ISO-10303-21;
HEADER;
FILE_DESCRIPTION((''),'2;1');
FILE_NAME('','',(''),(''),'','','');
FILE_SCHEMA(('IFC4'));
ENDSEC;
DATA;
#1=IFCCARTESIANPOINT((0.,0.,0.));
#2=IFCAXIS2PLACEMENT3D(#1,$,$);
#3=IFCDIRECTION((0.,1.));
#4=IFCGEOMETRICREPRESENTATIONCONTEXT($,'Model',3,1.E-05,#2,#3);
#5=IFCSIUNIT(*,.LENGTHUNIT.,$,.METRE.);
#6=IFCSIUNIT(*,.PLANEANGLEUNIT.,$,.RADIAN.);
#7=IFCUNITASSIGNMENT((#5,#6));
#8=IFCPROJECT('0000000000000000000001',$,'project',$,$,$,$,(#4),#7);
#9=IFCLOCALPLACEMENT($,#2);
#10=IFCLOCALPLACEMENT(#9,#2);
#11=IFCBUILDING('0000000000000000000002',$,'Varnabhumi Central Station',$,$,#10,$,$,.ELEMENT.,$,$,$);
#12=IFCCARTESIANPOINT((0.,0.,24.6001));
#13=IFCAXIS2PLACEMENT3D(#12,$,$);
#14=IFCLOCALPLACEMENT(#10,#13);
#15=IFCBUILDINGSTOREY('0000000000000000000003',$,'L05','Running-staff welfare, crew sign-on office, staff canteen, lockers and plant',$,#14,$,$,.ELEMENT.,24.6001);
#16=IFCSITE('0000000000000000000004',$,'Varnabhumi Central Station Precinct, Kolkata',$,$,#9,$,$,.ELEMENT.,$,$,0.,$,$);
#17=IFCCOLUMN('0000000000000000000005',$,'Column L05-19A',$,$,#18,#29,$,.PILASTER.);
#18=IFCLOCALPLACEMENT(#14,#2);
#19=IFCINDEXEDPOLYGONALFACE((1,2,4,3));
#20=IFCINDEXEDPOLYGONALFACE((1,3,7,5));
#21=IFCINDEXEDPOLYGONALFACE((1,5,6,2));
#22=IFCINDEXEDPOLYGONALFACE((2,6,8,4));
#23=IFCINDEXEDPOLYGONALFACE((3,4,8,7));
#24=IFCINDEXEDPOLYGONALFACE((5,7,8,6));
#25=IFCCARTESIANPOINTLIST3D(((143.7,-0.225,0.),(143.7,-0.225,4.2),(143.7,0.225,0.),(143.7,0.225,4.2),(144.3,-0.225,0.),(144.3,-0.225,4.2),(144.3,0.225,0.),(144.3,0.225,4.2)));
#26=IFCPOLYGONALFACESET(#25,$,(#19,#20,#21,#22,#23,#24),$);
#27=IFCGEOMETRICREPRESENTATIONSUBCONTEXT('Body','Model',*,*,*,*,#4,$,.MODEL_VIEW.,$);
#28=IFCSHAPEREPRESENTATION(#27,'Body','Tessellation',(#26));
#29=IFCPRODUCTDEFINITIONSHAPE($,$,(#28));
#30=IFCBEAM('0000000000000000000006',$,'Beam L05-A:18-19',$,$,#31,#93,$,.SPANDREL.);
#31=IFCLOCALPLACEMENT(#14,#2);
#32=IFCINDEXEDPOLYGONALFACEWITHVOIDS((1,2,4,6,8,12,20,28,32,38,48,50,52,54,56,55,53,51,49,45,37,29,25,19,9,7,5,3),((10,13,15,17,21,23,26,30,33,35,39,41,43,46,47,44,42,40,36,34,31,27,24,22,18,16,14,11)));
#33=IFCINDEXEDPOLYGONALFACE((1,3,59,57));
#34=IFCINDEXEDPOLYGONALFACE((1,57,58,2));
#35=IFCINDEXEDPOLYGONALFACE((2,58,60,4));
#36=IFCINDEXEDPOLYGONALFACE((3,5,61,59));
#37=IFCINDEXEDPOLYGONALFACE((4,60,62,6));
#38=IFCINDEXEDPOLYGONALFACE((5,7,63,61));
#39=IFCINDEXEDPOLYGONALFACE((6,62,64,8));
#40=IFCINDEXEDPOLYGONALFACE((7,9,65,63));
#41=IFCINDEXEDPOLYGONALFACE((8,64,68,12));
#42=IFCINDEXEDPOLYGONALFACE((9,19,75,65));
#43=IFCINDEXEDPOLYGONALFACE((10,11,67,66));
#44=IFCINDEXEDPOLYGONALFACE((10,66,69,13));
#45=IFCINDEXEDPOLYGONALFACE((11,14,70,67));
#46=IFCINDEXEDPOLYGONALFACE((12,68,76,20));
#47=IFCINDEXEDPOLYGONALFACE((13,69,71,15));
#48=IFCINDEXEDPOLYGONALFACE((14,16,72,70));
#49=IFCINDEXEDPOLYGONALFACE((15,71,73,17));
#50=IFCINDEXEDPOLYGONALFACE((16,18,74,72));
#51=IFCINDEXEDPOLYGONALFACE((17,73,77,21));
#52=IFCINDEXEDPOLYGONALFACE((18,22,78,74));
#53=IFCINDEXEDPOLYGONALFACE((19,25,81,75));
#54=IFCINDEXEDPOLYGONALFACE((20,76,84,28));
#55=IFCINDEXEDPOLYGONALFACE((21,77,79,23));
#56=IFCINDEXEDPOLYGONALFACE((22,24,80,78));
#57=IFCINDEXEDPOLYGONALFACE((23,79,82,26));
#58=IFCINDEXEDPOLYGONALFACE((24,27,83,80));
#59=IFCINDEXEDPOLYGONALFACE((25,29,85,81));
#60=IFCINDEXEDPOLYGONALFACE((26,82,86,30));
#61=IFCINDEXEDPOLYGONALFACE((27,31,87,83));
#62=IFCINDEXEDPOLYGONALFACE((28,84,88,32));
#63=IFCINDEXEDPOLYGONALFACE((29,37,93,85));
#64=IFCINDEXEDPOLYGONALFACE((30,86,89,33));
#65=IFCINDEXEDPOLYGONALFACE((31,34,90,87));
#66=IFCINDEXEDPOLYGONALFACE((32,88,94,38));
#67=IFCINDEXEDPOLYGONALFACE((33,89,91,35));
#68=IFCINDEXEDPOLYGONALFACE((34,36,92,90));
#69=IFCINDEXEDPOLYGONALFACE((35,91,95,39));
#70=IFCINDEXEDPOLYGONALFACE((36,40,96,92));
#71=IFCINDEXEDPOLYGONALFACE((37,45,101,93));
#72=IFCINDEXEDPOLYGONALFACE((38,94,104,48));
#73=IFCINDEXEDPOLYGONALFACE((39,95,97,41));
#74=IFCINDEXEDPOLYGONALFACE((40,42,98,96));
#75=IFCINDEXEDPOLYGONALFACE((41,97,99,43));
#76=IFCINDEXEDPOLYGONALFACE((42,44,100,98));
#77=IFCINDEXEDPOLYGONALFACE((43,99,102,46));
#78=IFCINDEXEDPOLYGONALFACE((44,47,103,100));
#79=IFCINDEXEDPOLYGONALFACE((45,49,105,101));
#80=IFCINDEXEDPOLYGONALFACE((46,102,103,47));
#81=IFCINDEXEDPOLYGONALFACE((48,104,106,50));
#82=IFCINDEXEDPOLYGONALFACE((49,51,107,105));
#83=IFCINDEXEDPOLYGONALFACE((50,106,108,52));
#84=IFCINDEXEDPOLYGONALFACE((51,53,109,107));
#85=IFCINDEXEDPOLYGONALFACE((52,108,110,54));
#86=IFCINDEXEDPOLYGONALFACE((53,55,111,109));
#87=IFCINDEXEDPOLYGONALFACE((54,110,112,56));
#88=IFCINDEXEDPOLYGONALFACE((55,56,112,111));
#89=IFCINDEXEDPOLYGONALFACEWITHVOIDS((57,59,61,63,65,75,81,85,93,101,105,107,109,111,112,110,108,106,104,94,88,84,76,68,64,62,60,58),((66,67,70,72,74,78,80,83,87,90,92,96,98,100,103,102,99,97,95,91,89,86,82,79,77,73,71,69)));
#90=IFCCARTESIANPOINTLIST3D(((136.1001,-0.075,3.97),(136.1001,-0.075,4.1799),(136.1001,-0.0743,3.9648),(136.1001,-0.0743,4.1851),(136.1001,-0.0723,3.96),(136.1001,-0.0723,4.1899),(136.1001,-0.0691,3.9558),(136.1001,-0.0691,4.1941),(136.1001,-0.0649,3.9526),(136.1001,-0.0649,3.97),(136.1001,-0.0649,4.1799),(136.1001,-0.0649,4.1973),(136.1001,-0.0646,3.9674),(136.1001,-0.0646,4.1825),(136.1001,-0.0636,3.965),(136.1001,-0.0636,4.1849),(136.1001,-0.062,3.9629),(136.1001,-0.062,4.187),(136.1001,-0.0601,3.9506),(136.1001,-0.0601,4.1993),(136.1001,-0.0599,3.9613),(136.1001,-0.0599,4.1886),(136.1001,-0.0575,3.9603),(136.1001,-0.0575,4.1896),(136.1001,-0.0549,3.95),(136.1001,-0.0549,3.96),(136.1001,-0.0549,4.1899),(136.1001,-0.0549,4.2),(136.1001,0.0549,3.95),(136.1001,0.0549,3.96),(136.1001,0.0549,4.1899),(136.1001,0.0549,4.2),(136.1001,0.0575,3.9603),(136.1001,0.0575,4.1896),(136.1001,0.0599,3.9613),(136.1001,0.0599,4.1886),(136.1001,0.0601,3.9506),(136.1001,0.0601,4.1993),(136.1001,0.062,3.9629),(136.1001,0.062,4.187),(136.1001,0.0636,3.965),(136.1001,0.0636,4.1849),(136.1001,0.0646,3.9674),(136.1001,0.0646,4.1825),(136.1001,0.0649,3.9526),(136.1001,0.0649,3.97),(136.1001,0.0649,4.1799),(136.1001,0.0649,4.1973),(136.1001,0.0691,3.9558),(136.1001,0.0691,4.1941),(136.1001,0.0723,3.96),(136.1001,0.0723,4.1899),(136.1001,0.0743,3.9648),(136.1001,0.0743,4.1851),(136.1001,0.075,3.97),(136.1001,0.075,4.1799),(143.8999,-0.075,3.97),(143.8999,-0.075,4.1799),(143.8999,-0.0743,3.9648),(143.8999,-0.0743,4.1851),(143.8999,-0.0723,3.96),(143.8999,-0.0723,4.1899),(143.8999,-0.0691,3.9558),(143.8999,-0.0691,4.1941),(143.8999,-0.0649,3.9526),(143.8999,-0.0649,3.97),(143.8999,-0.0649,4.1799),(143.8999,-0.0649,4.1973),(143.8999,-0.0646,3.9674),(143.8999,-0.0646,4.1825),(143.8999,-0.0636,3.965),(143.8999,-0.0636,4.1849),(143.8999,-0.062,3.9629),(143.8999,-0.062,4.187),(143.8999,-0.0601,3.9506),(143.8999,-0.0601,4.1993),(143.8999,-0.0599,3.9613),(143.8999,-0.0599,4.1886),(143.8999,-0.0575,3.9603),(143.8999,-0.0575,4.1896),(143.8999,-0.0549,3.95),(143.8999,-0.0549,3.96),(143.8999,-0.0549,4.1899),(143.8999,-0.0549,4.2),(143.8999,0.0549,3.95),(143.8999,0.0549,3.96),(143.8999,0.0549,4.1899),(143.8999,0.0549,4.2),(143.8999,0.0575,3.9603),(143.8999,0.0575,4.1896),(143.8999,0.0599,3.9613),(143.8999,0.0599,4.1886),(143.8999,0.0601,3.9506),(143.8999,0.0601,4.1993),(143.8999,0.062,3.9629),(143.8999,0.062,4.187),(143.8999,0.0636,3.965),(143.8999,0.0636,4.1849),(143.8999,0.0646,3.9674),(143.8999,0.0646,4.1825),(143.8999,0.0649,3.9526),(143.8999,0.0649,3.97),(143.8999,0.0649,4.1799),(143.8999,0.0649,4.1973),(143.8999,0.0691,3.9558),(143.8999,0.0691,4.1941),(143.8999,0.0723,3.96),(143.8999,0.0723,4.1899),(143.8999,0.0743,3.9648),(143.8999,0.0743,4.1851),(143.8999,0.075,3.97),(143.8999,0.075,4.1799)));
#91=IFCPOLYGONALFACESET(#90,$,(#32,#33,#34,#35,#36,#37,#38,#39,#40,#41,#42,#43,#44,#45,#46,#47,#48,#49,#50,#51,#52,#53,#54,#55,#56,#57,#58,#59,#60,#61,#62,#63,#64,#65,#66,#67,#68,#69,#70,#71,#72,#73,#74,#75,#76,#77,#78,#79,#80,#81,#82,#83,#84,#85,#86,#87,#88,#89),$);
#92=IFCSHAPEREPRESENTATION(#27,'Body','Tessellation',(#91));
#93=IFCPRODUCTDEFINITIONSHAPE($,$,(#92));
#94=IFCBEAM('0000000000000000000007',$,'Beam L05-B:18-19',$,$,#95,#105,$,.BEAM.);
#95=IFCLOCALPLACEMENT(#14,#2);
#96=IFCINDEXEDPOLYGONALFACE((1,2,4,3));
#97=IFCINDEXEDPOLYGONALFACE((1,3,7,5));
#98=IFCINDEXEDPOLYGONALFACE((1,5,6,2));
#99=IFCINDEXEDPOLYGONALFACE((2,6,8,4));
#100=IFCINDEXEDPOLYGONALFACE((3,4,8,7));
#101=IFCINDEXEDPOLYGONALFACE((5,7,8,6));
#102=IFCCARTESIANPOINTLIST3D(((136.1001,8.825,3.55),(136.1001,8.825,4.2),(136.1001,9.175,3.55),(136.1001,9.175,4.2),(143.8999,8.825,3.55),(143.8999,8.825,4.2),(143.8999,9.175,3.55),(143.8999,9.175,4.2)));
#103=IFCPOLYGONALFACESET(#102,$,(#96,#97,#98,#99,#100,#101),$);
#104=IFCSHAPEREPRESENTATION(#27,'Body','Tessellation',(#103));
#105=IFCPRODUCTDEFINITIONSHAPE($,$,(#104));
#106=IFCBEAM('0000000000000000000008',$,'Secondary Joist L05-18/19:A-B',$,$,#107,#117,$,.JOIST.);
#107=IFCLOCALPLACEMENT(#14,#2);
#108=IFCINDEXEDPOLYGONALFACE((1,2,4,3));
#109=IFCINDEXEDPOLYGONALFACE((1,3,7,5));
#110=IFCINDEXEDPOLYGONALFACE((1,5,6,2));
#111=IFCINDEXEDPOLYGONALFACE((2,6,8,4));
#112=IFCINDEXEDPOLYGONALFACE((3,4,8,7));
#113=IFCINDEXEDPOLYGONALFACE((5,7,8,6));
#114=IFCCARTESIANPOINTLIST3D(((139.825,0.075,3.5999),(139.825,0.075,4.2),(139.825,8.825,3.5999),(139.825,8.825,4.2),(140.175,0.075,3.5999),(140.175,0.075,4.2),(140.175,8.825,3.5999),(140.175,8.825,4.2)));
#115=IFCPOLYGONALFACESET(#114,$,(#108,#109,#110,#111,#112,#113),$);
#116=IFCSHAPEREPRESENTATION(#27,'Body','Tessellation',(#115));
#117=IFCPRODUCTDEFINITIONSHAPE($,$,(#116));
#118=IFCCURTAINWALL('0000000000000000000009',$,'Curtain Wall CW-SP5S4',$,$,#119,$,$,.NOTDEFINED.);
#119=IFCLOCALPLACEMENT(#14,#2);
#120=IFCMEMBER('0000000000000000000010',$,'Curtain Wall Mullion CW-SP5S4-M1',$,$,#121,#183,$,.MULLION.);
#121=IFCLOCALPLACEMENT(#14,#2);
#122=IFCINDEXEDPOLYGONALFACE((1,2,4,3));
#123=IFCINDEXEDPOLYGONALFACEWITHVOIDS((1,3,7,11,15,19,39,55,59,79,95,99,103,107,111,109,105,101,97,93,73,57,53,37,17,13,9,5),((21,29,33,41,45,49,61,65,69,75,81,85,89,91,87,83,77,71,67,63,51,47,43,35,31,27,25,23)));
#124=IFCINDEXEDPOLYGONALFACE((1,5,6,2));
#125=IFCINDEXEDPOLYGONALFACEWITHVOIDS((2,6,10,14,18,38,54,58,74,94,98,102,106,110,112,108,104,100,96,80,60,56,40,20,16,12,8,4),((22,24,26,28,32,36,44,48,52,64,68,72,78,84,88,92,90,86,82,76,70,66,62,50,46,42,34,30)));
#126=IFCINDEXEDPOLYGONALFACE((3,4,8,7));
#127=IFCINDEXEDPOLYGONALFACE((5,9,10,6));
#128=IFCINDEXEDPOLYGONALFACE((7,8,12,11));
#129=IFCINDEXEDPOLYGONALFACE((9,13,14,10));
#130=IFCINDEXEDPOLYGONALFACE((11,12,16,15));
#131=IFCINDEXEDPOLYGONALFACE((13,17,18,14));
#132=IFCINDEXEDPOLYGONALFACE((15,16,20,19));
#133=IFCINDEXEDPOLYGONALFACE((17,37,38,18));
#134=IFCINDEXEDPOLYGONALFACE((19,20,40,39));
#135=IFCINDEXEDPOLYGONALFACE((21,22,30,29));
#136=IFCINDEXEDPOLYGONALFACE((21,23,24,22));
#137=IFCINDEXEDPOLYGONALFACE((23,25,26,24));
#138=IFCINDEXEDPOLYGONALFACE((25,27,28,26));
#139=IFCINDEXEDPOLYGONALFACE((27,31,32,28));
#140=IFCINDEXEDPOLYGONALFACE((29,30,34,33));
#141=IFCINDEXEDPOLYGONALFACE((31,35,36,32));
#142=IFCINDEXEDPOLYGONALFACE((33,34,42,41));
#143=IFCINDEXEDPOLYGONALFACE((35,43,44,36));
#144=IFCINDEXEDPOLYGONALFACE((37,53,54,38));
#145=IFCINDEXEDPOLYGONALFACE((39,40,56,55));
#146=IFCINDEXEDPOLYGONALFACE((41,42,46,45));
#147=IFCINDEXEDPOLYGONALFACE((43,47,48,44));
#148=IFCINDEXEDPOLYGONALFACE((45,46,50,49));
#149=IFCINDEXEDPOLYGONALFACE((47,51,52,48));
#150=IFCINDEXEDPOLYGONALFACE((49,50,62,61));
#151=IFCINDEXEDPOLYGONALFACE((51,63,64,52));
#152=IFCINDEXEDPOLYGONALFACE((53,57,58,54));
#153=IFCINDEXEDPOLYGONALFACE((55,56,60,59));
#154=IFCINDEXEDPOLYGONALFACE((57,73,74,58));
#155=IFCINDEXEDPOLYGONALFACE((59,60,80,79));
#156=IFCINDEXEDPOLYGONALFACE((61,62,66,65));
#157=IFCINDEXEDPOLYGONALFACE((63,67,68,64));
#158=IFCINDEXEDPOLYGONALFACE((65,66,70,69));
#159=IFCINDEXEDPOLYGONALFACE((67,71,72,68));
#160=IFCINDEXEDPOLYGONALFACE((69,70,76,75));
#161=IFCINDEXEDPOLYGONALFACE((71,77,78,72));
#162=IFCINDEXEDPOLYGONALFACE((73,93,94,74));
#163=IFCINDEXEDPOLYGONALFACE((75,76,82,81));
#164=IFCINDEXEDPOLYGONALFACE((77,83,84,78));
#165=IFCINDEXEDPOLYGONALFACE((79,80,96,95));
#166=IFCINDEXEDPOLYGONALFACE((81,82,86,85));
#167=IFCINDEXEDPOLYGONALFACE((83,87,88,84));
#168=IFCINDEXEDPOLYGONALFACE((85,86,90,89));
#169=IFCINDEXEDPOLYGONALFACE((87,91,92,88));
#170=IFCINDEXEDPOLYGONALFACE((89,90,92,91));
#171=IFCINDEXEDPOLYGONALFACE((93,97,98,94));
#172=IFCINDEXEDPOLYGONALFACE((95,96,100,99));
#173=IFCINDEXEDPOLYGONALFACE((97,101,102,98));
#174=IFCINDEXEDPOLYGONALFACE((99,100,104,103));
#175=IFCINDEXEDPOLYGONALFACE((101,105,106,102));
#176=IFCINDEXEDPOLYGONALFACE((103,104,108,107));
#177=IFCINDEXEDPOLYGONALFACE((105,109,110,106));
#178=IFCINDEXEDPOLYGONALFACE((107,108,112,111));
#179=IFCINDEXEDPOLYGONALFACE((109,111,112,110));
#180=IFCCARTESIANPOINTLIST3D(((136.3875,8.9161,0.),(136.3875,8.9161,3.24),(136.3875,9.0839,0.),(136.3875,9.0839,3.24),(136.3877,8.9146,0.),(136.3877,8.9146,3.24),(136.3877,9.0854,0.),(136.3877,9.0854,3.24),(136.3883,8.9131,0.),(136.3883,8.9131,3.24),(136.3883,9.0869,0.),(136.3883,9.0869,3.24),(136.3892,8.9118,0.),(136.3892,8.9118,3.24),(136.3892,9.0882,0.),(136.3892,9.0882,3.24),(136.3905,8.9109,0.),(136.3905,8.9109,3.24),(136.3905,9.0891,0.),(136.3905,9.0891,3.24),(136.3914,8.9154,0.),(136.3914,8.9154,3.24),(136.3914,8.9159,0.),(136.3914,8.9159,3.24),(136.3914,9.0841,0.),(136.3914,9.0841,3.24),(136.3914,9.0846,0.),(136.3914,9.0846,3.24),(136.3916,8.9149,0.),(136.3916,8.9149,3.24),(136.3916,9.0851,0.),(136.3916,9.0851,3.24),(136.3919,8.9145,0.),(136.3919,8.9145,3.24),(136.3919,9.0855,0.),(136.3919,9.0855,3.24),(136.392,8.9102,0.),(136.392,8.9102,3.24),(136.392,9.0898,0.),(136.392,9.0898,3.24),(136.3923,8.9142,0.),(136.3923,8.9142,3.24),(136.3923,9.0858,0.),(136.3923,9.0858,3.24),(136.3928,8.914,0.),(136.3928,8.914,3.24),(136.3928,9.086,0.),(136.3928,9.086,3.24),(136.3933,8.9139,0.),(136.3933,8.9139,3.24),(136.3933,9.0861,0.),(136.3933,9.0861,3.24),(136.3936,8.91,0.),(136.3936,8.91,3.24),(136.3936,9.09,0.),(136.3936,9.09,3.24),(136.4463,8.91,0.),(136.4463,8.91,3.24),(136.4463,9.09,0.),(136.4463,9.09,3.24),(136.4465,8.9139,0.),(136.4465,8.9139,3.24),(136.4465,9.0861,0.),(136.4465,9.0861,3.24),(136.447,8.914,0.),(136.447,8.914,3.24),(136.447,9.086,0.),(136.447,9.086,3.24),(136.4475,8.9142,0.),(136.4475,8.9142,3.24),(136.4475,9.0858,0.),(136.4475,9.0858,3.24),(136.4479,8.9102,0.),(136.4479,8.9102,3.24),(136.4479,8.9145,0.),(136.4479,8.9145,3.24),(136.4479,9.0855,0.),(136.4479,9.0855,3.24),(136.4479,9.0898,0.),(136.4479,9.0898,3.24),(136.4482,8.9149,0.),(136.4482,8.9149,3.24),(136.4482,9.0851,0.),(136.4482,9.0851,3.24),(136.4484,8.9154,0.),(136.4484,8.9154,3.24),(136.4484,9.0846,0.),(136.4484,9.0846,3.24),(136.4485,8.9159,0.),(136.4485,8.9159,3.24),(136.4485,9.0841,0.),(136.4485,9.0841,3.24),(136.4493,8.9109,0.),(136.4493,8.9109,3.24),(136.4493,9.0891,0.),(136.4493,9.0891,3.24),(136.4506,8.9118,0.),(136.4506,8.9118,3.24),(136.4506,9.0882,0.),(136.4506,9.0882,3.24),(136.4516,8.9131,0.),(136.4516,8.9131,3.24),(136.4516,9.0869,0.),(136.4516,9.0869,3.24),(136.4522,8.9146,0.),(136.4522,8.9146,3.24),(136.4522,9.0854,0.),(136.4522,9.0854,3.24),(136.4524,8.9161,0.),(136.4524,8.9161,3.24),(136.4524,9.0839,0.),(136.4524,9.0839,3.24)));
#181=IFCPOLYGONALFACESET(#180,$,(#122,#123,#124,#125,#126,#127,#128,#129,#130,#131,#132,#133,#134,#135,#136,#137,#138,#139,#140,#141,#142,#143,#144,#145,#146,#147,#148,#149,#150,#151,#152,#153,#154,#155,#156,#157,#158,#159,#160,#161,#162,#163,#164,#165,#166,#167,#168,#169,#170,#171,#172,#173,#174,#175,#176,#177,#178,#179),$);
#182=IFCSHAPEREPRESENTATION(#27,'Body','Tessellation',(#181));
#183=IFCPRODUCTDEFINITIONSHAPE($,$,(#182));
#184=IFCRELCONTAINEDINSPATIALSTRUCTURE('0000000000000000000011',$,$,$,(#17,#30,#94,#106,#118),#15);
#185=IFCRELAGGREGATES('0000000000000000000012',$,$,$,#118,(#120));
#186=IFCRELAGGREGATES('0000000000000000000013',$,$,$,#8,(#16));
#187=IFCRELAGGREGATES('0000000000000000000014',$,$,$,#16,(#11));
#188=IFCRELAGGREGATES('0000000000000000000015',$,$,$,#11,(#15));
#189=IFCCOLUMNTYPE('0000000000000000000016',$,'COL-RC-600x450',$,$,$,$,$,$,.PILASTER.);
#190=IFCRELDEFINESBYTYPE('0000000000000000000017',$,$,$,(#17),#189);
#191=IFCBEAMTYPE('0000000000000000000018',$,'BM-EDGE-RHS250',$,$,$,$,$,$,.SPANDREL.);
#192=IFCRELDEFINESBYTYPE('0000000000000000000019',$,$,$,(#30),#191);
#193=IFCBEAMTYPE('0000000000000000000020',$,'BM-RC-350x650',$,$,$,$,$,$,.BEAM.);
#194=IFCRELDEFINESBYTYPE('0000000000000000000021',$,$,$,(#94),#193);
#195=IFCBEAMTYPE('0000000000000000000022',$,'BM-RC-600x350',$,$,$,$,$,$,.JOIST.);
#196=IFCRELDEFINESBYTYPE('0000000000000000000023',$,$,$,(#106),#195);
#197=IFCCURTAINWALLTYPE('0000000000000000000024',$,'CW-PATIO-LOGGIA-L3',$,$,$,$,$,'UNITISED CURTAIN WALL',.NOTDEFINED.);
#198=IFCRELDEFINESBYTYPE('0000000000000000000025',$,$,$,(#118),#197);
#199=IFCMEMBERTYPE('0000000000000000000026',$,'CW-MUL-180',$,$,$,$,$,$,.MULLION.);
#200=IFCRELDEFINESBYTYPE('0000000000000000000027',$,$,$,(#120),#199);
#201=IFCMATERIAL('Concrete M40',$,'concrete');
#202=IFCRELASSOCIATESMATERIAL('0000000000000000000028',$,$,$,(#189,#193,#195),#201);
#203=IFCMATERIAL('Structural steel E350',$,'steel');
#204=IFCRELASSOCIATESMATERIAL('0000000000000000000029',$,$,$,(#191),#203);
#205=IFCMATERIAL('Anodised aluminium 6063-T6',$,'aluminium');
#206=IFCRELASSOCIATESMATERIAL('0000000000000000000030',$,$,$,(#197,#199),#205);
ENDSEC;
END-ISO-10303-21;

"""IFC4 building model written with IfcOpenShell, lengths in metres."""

from ifc_helpers import new_model, si_unit, direction, frame, origin, origin_2d, place, context, subcontext, project, spatial, rectangle, hollow_rectangle, extrude, material, material_profile, profile_set, type_object, element, aggregate, save


model = new_model("IFC4")

# Units and contexts
model_context = context("Model", 3, precision=1e-05, world=origin(), true_north=direction((0.0, 1.0)))
body_context = subcontext(model_context, "Body", "Model", "MODEL_VIEW")
ifc_project = project(units=[si_unit("LENGTHUNIT", "METRE"), si_unit("PLANEANGLEUNIT", "RADIAN")], contexts=[model_context])

# Site, building, storey
site_placement = place(None, origin())
site = spatial("IfcSite", under=ifc_project, at=site_placement, Name="Varnabhumi Central Station Precinct, Kolkata", CompositionType="ELEMENT", RefElevation=0.0)
building_placement = place(site_placement, origin())
building = spatial("IfcBuilding", under=site, at=building_placement, Name="Varnabhumi Central Station", CompositionType="ELEMENT")
storey_placement = place(building_placement, frame((0.0, 0.0, 24.6001)))
storey = spatial("IfcBuildingStorey", under=building, at=storey_placement, Name="L05", Description="Running-staff welfare, crew sign-on office, staff canteen, lockers and plant", CompositionType="ELEMENT", Elevation=24.6001)

# Column
ifc_material_1 = material(Name="Concrete M40", Category="concrete")
ifc_material_profile_1 = material_profile(ifc_material_1, rectangle(XDim=0.6001, YDim=0.45, at=origin_2d()), Name="Concrete M40", Category="concrete")
ifc_profile_set_1 = profile_set([ifc_material_profile_1], Name="Concrete M40")
column_type = type_object("IfcColumnType", Name="COL-RC-600x450", PredefinedType="PILASTER", material=ifc_profile_set_1)
column_placement = place(storey_placement, frame((144.0, 0.0, 0.0), z_axis=(0.0, 0.0, 1.0), x_axis=(1.0, 0.0, 0.0)))
element("IfcColumn", 1, at=column_placement, inside=storey, type_object=column_type, Name="Column L05-19A", PredefinedType="PILASTER", context=body_context, shape_type="SweptSolid", body=[
    extrude(rectangle(XDim=0.6001, YDim=0.45, at=origin_2d()), origin(), (0.0, 0.0, 1.0), 4.2),
])

# Beams
ifc_material_2 = material(Name="Structural steel E350", Category="steel")
ifc_material_profile_2 = material_profile(ifc_material_2, hollow_rectangle(XDim=0.1499, YDim=0.25, WallThickness=0.01, InnerFilletRadius=0.01, OuterFilletRadius=0.02, at=origin_2d()), Name="Structural steel E350", Category="steel")
ifc_profile_set_2 = profile_set([ifc_material_profile_2], Name="Structural steel E350")
beam_type_1 = type_object("IfcBeamType", Name="BM-EDGE-RHS250", PredefinedType="SPANDREL", material=ifc_profile_set_2)
beam_1_placement = place(storey_placement, frame((136.1001, 0.0, 4.075), z_axis=(1.0, 0.0, 0.0), x_axis=(0.0, 1.0, 0.0)))
element("IfcBeam", 2, at=beam_1_placement, inside=storey, type_object=beam_type_1, Name="Beam L05-A:18-19", PredefinedType="SPANDREL", context=body_context, shape_type="SweptSolid", body=[
    extrude(hollow_rectangle(XDim=0.1499, YDim=0.25, WallThickness=0.01, InnerFilletRadius=0.01, OuterFilletRadius=0.02, at=origin_2d()), origin(), (0.0, 0.0, 1.0), 7.7998),
])
ifc_material_profile_3 = material_profile(ifc_material_1, rectangle(XDim=0.3501, YDim=0.6499, at=origin_2d()), Name="Concrete M40", Category="concrete")
ifc_profile_set_3 = profile_set([ifc_material_profile_3], Name="Concrete M40")
beam_type_2 = type_object("IfcBeamType", Name="BM-RC-350x650", PredefinedType="BEAM", material=ifc_profile_set_3)
beam_2_placement = place(storey_placement, frame((136.1001, 9.0, 3.875), z_axis=(1.0, 0.0, 0.0), x_axis=(0.0, 1.0, 0.0)))
element("IfcBeam", 3, at=beam_2_placement, inside=storey, type_object=beam_type_2, Name="Beam L05-B:18-19", PredefinedType="BEAM", context=body_context, shape_type="SweptSolid", body=[
    extrude(rectangle(XDim=0.3501, YDim=0.6499, at=origin_2d()), origin(), (0.0, 0.0, 1.0), 7.7998),
])
ifc_material_profile_4 = material_profile(ifc_material_1, rectangle(XDim=0.3501, YDim=0.6001, at=origin_2d()), Name="Concrete M40", Category="concrete")
ifc_profile_set_4 = profile_set([ifc_material_profile_4], Name="Concrete M40")
beam_type_3 = type_object("IfcBeamType", Name="BM-RC-600x350", PredefinedType="JOIST", material=ifc_profile_set_4)
beam_3_placement = place(storey_placement, frame((140.0, 0.075, 3.8999), z_axis=(0.0, 1.0, 0.0), x_axis=(-1.0, 0.0, 0.0)))
element("IfcBeam", 4, at=beam_3_placement, inside=storey, type_object=beam_type_3, Name="Secondary Joist L05-18/19:A-B", PredefinedType="JOIST", context=body_context, shape_type="SweptSolid", body=[
    extrude(rectangle(XDim=0.3501, YDim=0.6001, at=origin_2d()), origin(), (0.0, 0.0, 1.0), 8.75),
])

# Curtain wall, member
ifc_material_3 = material(Name="Anodised aluminium 6063-T6", Category="aluminium")
curtain_wall_type = type_object("IfcCurtainWallType", Name="CW-PATIO-LOGGIA-L3", ElementType="UNITISED CURTAIN WALL", PredefinedType="NOTDEFINED", material=ifc_material_3)
curtain_wall_placement = place(storey_placement, origin())
curtain_wall = element("IfcCurtainWall", 5, at=curtain_wall_placement, inside=storey, type_object=curtain_wall_type, Name="Curtain Wall CW-SP5S4", PredefinedType="NOTDEFINED")
ifc_material_profile_5 = material_profile(ifc_material_3, hollow_rectangle(XDim=0.0649, YDim=0.1799, WallThickness=0.0039, InnerFilletRadius=0.002, OuterFilletRadius=0.0061, at=origin_2d()), Name="Anodised aluminium 6063-T6", Category="aluminium")
ifc_profile_set_5 = profile_set([ifc_material_profile_5], Name="Anodised aluminium 6063-T6")
member_type_1 = type_object("IfcMemberType", Name="CW-MUL-180", PredefinedType="MULLION", material=ifc_profile_set_5)
member_1_placement = place(storey_placement, frame((136.4199, 9.0, 0.0), z_axis=(0.0, 0.0, 1.0), x_axis=(1.0, 0.0, 0.0)))
member_1 = element("IfcMember", 6, at=member_1_placement, type_object=member_type_1, Name="Curtain Wall Mullion CW-SP5S4-M1", PredefinedType="MULLION", context=body_context, shape_type="SweptSolid", body=[
    extrude(hollow_rectangle(XDim=0.0649, YDim=0.1799, WallThickness=0.0039, InnerFilletRadius=0.002, OuterFilletRadius=0.0061, at=origin_2d()), origin(), (0.0, 0.0, 1.0), 3.24),
])

aggregate(curtain_wall, [member_1])

save(model, "model.ifc")
